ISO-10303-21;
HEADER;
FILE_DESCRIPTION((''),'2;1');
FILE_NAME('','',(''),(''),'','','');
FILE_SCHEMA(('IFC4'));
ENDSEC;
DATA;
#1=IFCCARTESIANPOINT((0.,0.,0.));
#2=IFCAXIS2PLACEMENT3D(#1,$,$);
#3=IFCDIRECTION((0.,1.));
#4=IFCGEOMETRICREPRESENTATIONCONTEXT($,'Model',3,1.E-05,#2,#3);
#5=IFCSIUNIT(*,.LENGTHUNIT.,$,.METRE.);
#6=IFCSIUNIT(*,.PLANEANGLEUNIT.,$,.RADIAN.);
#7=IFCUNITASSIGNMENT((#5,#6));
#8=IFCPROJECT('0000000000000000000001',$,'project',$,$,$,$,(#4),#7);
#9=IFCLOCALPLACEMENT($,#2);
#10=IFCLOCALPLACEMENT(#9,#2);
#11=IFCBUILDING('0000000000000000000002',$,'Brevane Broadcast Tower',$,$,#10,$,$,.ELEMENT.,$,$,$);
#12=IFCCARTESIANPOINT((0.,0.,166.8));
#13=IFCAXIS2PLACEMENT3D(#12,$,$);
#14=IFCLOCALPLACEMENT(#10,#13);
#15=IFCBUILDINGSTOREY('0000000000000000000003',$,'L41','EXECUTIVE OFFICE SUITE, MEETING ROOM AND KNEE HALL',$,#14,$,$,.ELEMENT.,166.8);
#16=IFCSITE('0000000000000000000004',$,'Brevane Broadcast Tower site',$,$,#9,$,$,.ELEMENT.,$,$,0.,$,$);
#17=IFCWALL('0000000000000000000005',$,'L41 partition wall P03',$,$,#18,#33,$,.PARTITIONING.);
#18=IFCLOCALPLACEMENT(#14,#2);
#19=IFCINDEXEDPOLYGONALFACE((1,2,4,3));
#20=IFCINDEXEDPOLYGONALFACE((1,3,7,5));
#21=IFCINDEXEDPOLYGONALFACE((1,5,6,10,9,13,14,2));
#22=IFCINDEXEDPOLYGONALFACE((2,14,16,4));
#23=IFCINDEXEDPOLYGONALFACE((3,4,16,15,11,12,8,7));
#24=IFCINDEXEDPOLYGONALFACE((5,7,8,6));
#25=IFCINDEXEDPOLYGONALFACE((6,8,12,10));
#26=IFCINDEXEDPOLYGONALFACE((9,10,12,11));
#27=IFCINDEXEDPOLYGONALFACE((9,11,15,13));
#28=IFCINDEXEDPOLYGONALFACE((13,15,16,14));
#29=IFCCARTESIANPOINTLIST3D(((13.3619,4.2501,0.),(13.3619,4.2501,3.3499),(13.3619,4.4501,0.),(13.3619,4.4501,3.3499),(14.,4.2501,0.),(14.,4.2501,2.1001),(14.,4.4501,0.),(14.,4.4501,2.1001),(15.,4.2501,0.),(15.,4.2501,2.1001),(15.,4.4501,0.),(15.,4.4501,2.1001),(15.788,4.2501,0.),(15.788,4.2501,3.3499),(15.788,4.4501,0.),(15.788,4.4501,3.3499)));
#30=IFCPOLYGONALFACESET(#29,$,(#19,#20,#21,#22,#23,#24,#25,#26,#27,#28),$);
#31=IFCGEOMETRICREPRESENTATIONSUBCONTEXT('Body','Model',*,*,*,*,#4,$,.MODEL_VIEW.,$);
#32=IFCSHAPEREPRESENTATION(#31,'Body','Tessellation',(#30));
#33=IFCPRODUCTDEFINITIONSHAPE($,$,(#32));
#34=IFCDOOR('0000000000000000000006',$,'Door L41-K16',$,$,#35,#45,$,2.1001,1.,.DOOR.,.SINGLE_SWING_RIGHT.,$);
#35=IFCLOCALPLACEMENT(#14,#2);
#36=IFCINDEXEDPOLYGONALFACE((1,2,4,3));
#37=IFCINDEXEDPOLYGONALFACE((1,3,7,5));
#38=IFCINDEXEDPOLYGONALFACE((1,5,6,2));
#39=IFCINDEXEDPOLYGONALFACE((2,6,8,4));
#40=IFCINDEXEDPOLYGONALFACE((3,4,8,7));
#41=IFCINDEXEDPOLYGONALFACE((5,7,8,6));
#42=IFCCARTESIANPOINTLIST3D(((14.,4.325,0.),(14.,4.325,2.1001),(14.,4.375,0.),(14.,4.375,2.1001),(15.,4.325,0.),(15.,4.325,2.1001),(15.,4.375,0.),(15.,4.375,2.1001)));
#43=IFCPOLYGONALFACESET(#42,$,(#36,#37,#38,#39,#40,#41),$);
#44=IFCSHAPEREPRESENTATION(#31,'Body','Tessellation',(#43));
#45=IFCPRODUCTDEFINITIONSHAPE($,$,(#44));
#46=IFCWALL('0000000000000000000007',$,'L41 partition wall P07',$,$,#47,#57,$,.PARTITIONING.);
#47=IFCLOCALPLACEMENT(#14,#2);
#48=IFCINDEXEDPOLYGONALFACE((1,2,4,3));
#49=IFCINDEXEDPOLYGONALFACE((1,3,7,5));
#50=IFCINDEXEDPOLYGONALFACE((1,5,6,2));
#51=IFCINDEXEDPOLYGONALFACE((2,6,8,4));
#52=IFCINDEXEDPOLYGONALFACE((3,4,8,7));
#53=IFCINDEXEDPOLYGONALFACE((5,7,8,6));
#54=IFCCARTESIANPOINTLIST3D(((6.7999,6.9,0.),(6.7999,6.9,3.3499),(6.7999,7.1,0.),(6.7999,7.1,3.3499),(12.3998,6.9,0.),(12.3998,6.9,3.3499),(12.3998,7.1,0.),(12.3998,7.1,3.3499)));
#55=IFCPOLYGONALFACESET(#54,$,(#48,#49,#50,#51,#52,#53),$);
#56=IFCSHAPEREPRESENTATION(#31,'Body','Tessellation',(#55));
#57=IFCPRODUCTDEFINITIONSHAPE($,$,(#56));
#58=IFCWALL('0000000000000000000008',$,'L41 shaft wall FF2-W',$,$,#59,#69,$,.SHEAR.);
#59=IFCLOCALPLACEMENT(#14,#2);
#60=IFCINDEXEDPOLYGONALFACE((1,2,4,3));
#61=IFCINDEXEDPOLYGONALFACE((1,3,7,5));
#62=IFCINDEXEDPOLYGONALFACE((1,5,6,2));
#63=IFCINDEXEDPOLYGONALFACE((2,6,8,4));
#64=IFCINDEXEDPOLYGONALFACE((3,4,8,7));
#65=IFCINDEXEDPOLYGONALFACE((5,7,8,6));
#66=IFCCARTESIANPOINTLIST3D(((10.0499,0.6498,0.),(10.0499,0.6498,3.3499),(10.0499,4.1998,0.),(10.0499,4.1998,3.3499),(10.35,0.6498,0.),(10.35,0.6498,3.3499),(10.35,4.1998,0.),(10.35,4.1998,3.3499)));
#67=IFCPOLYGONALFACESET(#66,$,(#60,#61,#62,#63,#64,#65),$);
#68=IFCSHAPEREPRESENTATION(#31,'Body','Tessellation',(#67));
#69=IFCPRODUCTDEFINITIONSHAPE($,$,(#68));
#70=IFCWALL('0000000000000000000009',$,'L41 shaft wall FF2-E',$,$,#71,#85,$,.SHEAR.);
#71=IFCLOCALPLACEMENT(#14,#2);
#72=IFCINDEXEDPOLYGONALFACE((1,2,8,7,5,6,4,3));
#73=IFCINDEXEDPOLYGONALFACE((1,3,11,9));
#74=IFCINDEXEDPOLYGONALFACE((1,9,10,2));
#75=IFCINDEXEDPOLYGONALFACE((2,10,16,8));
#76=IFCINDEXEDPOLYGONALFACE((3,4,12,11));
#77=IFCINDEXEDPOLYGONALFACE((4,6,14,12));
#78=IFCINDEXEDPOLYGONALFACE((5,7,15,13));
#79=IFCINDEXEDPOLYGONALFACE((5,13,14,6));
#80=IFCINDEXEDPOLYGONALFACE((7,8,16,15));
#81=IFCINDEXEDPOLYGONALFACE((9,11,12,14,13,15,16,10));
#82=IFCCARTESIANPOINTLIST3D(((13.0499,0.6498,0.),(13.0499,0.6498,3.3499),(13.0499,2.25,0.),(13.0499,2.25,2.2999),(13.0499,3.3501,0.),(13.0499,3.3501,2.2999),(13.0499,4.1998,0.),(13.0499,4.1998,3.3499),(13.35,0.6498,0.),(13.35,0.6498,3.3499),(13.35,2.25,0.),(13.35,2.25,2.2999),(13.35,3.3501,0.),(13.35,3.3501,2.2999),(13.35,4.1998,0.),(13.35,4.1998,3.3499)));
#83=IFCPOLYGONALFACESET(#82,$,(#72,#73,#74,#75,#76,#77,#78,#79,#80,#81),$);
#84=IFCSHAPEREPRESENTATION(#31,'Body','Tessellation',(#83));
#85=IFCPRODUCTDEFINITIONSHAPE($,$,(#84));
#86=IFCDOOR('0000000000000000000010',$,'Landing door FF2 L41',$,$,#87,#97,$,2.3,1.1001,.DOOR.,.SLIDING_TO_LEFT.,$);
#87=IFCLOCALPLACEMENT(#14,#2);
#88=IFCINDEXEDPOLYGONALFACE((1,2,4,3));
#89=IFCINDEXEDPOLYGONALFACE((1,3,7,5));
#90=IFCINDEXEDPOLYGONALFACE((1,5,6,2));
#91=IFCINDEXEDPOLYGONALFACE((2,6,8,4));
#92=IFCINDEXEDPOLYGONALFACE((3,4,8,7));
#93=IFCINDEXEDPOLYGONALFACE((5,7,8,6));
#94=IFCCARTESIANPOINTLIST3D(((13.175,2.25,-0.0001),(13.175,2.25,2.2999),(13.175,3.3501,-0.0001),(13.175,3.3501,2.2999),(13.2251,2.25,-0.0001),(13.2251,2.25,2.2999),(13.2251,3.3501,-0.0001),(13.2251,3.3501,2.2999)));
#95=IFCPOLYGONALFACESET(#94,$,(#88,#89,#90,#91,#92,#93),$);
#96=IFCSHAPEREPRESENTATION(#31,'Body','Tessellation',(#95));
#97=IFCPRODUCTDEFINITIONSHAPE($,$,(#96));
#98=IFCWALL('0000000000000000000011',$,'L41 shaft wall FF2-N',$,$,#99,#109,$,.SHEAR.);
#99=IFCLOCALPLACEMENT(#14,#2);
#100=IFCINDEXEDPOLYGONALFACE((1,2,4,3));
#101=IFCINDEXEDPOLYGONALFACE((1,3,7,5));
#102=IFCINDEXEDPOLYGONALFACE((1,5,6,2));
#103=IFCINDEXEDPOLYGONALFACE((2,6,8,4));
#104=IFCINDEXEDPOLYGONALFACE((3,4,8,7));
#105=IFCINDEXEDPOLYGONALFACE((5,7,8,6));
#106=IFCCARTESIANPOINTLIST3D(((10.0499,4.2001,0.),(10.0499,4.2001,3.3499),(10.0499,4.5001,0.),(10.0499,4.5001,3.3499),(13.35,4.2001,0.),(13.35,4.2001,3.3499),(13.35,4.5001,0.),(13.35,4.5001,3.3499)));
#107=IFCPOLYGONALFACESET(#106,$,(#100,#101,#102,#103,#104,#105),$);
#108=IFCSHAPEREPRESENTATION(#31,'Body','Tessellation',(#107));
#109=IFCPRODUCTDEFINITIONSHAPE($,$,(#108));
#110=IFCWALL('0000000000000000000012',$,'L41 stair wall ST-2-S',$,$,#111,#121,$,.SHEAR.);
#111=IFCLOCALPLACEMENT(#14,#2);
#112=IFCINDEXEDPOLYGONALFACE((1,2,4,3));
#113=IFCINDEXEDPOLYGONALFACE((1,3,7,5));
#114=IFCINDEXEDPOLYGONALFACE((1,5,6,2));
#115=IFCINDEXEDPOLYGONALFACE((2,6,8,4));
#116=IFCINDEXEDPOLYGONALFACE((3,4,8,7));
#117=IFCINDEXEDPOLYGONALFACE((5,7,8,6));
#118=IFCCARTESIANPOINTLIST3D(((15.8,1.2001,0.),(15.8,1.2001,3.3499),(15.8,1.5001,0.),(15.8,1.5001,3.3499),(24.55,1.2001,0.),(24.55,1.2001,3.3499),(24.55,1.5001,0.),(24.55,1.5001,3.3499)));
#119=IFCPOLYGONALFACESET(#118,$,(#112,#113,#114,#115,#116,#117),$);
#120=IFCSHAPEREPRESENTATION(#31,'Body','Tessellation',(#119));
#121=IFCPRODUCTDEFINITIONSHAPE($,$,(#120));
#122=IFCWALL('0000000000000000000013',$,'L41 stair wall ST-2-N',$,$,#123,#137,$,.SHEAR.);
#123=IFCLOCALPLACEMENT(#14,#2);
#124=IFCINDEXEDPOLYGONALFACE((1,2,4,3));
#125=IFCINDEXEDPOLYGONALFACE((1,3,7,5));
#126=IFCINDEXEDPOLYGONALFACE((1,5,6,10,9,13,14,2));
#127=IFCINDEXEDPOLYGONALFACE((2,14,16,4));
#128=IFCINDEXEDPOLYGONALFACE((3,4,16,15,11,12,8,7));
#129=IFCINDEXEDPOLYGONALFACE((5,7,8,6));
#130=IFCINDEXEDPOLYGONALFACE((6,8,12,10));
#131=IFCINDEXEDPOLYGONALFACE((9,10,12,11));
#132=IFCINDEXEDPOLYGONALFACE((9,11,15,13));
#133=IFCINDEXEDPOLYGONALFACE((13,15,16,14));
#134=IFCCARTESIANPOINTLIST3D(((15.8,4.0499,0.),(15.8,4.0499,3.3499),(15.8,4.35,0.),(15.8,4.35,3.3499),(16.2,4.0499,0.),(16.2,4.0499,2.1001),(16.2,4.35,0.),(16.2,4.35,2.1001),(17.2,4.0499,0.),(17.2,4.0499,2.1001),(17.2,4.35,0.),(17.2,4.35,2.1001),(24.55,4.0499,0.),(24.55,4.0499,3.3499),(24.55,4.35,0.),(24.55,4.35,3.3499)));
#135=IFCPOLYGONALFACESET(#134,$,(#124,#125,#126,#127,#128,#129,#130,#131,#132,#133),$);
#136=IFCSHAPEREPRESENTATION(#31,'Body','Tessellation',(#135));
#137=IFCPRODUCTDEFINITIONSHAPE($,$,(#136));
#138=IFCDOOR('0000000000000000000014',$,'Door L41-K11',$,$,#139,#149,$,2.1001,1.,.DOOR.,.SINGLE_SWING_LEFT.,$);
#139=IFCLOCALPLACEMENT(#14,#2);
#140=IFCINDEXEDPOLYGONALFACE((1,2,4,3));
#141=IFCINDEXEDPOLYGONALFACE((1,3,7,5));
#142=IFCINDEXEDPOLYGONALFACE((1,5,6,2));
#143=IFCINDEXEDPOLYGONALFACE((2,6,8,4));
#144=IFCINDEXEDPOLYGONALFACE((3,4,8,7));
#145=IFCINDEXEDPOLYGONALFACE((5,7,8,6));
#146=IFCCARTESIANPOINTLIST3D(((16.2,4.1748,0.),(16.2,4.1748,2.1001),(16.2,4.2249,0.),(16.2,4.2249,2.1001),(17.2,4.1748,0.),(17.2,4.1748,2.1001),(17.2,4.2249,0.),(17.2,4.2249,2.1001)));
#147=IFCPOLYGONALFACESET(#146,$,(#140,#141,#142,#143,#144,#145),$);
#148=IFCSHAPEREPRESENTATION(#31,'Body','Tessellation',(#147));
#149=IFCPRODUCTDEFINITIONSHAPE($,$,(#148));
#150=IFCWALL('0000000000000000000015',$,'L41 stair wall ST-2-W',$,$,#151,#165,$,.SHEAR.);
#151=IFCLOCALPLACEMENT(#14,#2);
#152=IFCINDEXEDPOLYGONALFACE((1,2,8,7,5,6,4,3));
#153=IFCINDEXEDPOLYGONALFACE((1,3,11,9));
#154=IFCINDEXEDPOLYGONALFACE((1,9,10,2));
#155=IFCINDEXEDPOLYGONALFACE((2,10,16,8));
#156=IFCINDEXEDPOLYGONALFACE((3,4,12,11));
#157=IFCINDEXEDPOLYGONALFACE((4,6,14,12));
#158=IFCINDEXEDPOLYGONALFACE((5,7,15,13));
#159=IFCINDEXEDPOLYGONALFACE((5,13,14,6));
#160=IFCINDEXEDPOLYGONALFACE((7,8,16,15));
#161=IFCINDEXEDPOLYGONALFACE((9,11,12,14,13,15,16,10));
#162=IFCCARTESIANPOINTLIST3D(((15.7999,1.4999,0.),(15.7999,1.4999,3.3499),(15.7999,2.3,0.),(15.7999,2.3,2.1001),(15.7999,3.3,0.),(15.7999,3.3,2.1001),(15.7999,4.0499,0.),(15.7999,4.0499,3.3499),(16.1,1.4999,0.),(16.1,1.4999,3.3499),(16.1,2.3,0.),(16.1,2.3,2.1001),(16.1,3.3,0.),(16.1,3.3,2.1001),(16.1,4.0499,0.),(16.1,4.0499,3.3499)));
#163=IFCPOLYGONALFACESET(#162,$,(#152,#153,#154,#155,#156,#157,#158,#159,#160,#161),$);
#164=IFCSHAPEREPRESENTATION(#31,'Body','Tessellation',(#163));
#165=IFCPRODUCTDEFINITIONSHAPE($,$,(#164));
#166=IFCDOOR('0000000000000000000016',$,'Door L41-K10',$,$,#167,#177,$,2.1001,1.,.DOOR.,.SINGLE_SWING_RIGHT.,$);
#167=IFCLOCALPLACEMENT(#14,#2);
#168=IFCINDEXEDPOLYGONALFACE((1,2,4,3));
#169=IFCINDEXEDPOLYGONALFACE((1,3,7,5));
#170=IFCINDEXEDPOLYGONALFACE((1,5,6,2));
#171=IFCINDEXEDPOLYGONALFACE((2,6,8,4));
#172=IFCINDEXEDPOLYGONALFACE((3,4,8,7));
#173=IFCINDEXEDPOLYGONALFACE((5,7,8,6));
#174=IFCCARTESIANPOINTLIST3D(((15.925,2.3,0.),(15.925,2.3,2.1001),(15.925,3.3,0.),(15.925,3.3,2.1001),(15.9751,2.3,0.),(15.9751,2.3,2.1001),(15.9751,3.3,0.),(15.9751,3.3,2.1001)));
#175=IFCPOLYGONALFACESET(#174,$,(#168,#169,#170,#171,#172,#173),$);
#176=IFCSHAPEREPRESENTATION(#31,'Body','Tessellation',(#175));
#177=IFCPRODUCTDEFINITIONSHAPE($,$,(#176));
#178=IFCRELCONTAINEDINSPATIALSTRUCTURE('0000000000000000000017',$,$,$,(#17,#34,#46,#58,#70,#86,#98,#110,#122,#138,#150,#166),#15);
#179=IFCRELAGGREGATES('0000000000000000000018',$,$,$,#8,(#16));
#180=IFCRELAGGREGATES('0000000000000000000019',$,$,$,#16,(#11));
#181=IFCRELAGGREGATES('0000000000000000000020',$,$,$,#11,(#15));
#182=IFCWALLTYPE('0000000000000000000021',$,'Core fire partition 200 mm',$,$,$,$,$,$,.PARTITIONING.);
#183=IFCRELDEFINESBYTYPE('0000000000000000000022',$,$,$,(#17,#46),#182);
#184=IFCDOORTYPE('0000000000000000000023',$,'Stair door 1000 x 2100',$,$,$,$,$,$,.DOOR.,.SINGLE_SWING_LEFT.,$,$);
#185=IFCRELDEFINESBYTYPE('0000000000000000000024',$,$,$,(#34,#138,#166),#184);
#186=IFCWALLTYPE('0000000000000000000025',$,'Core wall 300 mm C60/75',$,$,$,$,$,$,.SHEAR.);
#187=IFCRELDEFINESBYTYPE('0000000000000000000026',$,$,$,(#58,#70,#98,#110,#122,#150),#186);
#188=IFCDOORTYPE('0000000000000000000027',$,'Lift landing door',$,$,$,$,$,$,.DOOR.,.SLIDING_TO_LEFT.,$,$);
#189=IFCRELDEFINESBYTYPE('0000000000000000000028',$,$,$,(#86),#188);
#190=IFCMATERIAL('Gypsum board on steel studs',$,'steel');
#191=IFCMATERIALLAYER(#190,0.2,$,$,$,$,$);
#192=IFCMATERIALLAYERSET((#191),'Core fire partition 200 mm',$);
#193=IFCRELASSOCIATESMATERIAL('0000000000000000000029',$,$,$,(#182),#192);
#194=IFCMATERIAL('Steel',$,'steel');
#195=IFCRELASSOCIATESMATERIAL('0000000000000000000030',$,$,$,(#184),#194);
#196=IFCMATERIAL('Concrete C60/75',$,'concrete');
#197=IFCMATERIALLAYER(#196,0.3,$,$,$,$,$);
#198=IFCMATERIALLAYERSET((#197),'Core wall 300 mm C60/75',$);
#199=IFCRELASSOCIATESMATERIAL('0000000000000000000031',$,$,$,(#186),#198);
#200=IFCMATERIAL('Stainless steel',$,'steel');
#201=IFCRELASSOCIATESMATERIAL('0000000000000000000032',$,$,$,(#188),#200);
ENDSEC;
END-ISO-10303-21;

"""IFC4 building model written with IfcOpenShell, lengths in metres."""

from ifc_helpers import new_model, si_unit, direction, frame, frame_2d, origin, place, context, subcontext, project, spatial, rectangle, extrude, material, layer, layer_set, type_object, element, fill, save


model = new_model("IFC4")

# Units and contexts
model_context = context("Model", 3, precision=1e-05, world=origin(), true_north=direction((0.0, 1.0)))
body_context = subcontext(model_context, "Body", "Model", "MODEL_VIEW")
ifc_project = project(units=[si_unit("LENGTHUNIT", "METRE"), si_unit("PLANEANGLEUNIT", "RADIAN")], contexts=[model_context])

# Site, building, storey
site_placement = place(None, origin())
site = spatial("IfcSite", under=ifc_project, at=site_placement, Name="Brevane Broadcast Tower site", CompositionType="ELEMENT", RefElevation=0.0)
building_placement = place(site_placement, origin())
building = spatial("IfcBuilding", under=site, at=building_placement, Name="Brevane Broadcast Tower", CompositionType="ELEMENT")
storey_placement = place(building_placement, frame((0.0, 0.0, 166.8)))
storey = spatial("IfcBuildingStorey", under=building, at=storey_placement, Name="L41", Description="EXECUTIVE OFFICE SUITE, MEETING ROOM AND KNEE HALL", CompositionType="ELEMENT", Elevation=166.8)

# Shared definitions
ifc_material_1 = material(Name="Gypsum board on steel studs", Category="steel")

# Wall, opening, door
ifc_layer_1 = layer(ifc_material_1, 0.2)
ifc_layer_set_1 = layer_set([ifc_layer_1], Name="Core fire partition 200 mm")
wall_type_1 = type_object("IfcWallType", Name="Core fire partition 200 mm", PredefinedType="PARTITIONING", material=ifc_layer_set_1)
wall_1_placement = place(storey_placement, frame((13.3621, 4.3501, 0.0), z_axis=(0.0, 0.0, 1.0), x_axis=(1.0, 0.0, 0.0)))
wall_1 = element("IfcWall", 1, at=wall_1_placement, inside=storey, type_object=wall_type_1, Name="L41 partition wall P03", PredefinedType="PARTITIONING", context=body_context, shape_type="SweptSolid", body=[
    extrude(rectangle(XDim=2.426, YDim=0.2, at=frame_2d((1.2129, 0.0))), origin(), (0.0, 0.0, 1.0), 3.3499),
])
opening_1_placement = place(wall_1_placement, frame((0.6379, 0.0, 0.0)))
opening_1 = element("IfcOpeningElement", 2, at=opening_1_placement, cuts=wall_1, PredefinedType="OPENING", context=body_context, shape_type="SweptSolid", body=[
    extrude(rectangle(XDim=1.0, YDim=2.1001, at=frame_2d((0.5, 1.05))), frame((0.0, 0.1099, 0.0), z_axis=(0.0, -1.0, 0.0), x_axis=(1.0, 0.0, 0.0)), (0.0, 0.0, 1.0), 0.22),
])
ifc_material_2 = material(Name="Steel", Category="steel")
door_type_1 = type_object("IfcDoorType", Name="Stair door 1000 x 2100", OperationType="SINGLE_SWING_LEFT", PredefinedType="DOOR", material=ifc_material_2)
door_1_placement = place(opening_1_placement, origin())
door_1 = element("IfcDoor", 3, at=door_1_placement, inside=storey, type_object=door_type_1, Name="Door L41-K16", OperationType="SINGLE_SWING_RIGHT", OverallHeight=2.1001, OverallWidth=1.0, PredefinedType="DOOR", context=body_context, shape_type="SweptSolid", body=[
    extrude(rectangle(XDim=1.0, YDim=2.1001, at=frame_2d((0.5, 1.05))), frame((0.0, 0.0249, 0.0), z_axis=(0.0, -1.0, 0.0), x_axis=(1.0, 0.0, 0.0)), (0.0, 0.0, 1.0), 0.05),
])
fill(opening_1, door_1)

# Walls
wall_2_placement = place(storey_placement, frame((6.8, 7.0, 0.0), z_axis=(0.0, 0.0, 1.0), x_axis=(1.0, 0.0, 0.0)))
element("IfcWall", 4, at=wall_2_placement, inside=storey, type_object=wall_type_1, Name="L41 partition wall P07", PredefinedType="PARTITIONING", context=body_context, shape_type="SweptSolid", body=[
    extrude(rectangle(XDim=5.5999, YDim=0.2, at=frame_2d((2.7998, 0.0))), origin(), (0.0, 0.0, 1.0), 3.3499),
])
ifc_material_3 = material(Name="Concrete C60/75", Category="concrete")
ifc_layer_2 = layer(ifc_material_3, 0.3)
ifc_layer_set_2 = layer_set([ifc_layer_2], Name="Core wall 300 mm C60/75")
wall_type_2 = type_object("IfcWallType", Name="Core wall 300 mm C60/75", PredefinedType="SHEAR", material=ifc_layer_set_2)
wall_3_placement = place(storey_placement, frame((10.2, 0.6499, 0.0), z_axis=(0.0, 0.0, 1.0), x_axis=(0.0, 1.0, 0.0)))
element("IfcWall", 5, at=wall_3_placement, inside=storey, type_object=wall_type_2, Name="L41 shaft wall FF2-W", PredefinedType="SHEAR", context=body_context, shape_type="SweptSolid", body=[
    extrude(rectangle(XDim=3.55, YDim=0.3, at=frame_2d((1.7749, 0.0))), origin(), (0.0, 0.0, 1.0), 3.3499),
])

# Wall, opening, door
wall_4_placement = place(storey_placement, frame((13.2, 0.6499, 0.0), z_axis=(0.0, 0.0, 1.0), x_axis=(0.0, 1.0, 0.0)))
wall_4 = element("IfcWall", 6, at=wall_4_placement, inside=storey, type_object=wall_type_2, Name="L41 shaft wall FF2-E", PredefinedType="SHEAR", context=body_context, shape_type="SweptSolid", body=[
    extrude(rectangle(XDim=3.55, YDim=0.3, at=frame_2d((1.7749, 0.0))), origin(), (0.0, 0.0, 1.0), 3.3499),
])
opening_2_placement = place(wall_4_placement, frame((1.6001, 0.0, 0.0)))
opening_2 = element("IfcOpeningElement", 7, at=opening_2_placement, cuts=wall_4, PredefinedType="OPENING", context=body_context, shape_type="SweptSolid", body=[
    extrude(rectangle(XDim=1.1001, YDim=2.3, at=frame_2d((0.55, 1.1499))), frame((0.0, 0.1599, 0.0), z_axis=(0.0, -1.0, 0.0), x_axis=(1.0, 0.0, 0.0)), (0.0, 0.0, 1.0), 0.3201),
])
ifc_material_4 = material(Name="Stainless steel", Category="steel")
door_type_2 = type_object("IfcDoorType", Name="Lift landing door", OperationType="SLIDING_TO_LEFT", PredefinedType="DOOR", material=ifc_material_4)
door_2_placement = place(opening_2_placement, origin())
door_2 = element("IfcDoor", 8, at=door_2_placement, inside=storey, type_object=door_type_2, Name="Landing door FF2 L41", OperationType="SLIDING_TO_LEFT", OverallHeight=2.3, OverallWidth=1.1001, PredefinedType="DOOR", context=body_context, shape_type="SweptSolid", body=[
    extrude(rectangle(XDim=1.1001, YDim=2.3, at=frame_2d((0.55, 1.1499))), frame((0.0, 0.0249, 0.0), z_axis=(0.0, -1.0, 0.0), x_axis=(1.0, 0.0, 0.0)), (0.0, 0.0, 1.0), 0.05),
])
fill(opening_2, door_2)

# Walls
wall_5_placement = place(storey_placement, frame((10.05, 4.3501, 0.0), z_axis=(0.0, 0.0, 1.0), x_axis=(1.0, 0.0, 0.0)))
element("IfcWall", 9, at=wall_5_placement, inside=storey, type_object=wall_type_2, Name="L41 shaft wall FF2-N", PredefinedType="SHEAR", context=body_context, shape_type="SweptSolid", body=[
    extrude(rectangle(XDim=3.3, YDim=0.3, at=frame_2d((1.6499, 0.0))), origin(), (0.0, 0.0, 1.0), 3.3499),
])
wall_6_placement = place(storey_placement, frame((15.8, 1.3501, 0.0), z_axis=(0.0, 0.0, 1.0), x_axis=(1.0, 0.0, 0.0)))
element("IfcWall", 10, at=wall_6_placement, inside=storey, type_object=wall_type_2, Name="L41 stair wall ST-2-S", PredefinedType="SHEAR", context=body_context, shape_type="SweptSolid", body=[
    extrude(rectangle(XDim=8.75, YDim=0.3, at=frame_2d((4.375, 0.0))), origin(), (0.0, 0.0, 1.0), 3.3499),
])

# Walls, openings, doors
wall_7_placement = place(storey_placement, frame((15.8, 4.2, 0.0), z_axis=(0.0, 0.0, 1.0), x_axis=(1.0, 0.0, 0.0)))
wall_7 = element("IfcWall", 11, at=wall_7_placement, inside=storey, type_object=wall_type_2, Name="L41 stair wall ST-2-N", PredefinedType="SHEAR", context=body_context, shape_type="SweptSolid", body=[
    extrude(rectangle(XDim=8.75, YDim=0.3, at=frame_2d((4.375, 0.0))), origin(), (0.0, 0.0, 1.0), 3.3499),
])
opening_3_placement = place(wall_7_placement, frame((0.3999, 0.0, 0.0)))
opening_3 = element("IfcOpeningElement", 12, at=opening_3_placement, cuts=wall_7, PredefinedType="OPENING", context=body_context, shape_type="SweptSolid", body=[
    extrude(rectangle(XDim=1.0, YDim=2.1001, at=frame_2d((0.5, 1.05))), frame((0.0, 0.1599, 0.0), z_axis=(0.0, -1.0, 0.0), x_axis=(1.0, 0.0, 0.0)), (0.0, 0.0, 1.0), 0.3201),
])
door_3_placement = place(opening_3_placement, origin())
door_3 = element("IfcDoor", 13, at=door_3_placement, inside=storey, type_object=door_type_1, Name="Door L41-K11", OperationType="SINGLE_SWING_LEFT", OverallHeight=2.1001, OverallWidth=1.0, PredefinedType="DOOR", context=body_context, shape_type="SweptSolid", body=[
    extrude(rectangle(XDim=1.0, YDim=2.1001, at=frame_2d((0.5, 1.05))), frame((0.0, 0.0249, 0.0), z_axis=(0.0, -1.0, 0.0), x_axis=(1.0, 0.0, 0.0)), (0.0, 0.0, 1.0), 0.05),
])
fill(opening_3, door_3)
wall_8_placement = place(storey_placement, frame((15.95, 1.5, 0.0), z_axis=(0.0, 0.0, 1.0), x_axis=(0.0, 1.0, 0.0)))
wall_8 = element("IfcWall", 14, at=wall_8_placement, inside=storey, type_object=wall_type_2, Name="L41 stair wall ST-2-W", PredefinedType="SHEAR", context=body_context, shape_type="SweptSolid", body=[
    extrude(rectangle(XDim=2.55, YDim=0.3, at=frame_2d((1.2749, 0.0))), origin(), (0.0, 0.0, 1.0), 3.3499),
])
opening_4_placement = place(wall_8_placement, frame((0.8, 0.0, 0.0)))
opening_4 = element("IfcOpeningElement", 15, at=opening_4_placement, cuts=wall_8, PredefinedType="OPENING", context=body_context, shape_type="SweptSolid", body=[
    extrude(rectangle(XDim=1.0, YDim=2.1001, at=frame_2d((0.5, 1.05))), frame((0.0, 0.1599, 0.0), z_axis=(0.0, -1.0, 0.0), x_axis=(1.0, 0.0, 0.0)), (0.0, 0.0, 1.0), 0.3201),
])
door_4_placement = place(opening_4_placement, origin())
door_4 = element("IfcDoor", 16, at=door_4_placement, inside=storey, type_object=door_type_1, Name="Door L41-K10", OperationType="SINGLE_SWING_RIGHT", OverallHeight=2.1001, OverallWidth=1.0, PredefinedType="DOOR", context=body_context, shape_type="SweptSolid", body=[
    extrude(rectangle(XDim=1.0, YDim=2.1001, at=frame_2d((0.5, 1.05))), frame((0.0, 0.0249, 0.0), z_axis=(0.0, -1.0, 0.0), x_axis=(1.0, 0.0, 0.0)), (0.0, 0.0, 1.0), 0.05),
])
fill(opening_4, door_4)

save(model, "model.ifc")
